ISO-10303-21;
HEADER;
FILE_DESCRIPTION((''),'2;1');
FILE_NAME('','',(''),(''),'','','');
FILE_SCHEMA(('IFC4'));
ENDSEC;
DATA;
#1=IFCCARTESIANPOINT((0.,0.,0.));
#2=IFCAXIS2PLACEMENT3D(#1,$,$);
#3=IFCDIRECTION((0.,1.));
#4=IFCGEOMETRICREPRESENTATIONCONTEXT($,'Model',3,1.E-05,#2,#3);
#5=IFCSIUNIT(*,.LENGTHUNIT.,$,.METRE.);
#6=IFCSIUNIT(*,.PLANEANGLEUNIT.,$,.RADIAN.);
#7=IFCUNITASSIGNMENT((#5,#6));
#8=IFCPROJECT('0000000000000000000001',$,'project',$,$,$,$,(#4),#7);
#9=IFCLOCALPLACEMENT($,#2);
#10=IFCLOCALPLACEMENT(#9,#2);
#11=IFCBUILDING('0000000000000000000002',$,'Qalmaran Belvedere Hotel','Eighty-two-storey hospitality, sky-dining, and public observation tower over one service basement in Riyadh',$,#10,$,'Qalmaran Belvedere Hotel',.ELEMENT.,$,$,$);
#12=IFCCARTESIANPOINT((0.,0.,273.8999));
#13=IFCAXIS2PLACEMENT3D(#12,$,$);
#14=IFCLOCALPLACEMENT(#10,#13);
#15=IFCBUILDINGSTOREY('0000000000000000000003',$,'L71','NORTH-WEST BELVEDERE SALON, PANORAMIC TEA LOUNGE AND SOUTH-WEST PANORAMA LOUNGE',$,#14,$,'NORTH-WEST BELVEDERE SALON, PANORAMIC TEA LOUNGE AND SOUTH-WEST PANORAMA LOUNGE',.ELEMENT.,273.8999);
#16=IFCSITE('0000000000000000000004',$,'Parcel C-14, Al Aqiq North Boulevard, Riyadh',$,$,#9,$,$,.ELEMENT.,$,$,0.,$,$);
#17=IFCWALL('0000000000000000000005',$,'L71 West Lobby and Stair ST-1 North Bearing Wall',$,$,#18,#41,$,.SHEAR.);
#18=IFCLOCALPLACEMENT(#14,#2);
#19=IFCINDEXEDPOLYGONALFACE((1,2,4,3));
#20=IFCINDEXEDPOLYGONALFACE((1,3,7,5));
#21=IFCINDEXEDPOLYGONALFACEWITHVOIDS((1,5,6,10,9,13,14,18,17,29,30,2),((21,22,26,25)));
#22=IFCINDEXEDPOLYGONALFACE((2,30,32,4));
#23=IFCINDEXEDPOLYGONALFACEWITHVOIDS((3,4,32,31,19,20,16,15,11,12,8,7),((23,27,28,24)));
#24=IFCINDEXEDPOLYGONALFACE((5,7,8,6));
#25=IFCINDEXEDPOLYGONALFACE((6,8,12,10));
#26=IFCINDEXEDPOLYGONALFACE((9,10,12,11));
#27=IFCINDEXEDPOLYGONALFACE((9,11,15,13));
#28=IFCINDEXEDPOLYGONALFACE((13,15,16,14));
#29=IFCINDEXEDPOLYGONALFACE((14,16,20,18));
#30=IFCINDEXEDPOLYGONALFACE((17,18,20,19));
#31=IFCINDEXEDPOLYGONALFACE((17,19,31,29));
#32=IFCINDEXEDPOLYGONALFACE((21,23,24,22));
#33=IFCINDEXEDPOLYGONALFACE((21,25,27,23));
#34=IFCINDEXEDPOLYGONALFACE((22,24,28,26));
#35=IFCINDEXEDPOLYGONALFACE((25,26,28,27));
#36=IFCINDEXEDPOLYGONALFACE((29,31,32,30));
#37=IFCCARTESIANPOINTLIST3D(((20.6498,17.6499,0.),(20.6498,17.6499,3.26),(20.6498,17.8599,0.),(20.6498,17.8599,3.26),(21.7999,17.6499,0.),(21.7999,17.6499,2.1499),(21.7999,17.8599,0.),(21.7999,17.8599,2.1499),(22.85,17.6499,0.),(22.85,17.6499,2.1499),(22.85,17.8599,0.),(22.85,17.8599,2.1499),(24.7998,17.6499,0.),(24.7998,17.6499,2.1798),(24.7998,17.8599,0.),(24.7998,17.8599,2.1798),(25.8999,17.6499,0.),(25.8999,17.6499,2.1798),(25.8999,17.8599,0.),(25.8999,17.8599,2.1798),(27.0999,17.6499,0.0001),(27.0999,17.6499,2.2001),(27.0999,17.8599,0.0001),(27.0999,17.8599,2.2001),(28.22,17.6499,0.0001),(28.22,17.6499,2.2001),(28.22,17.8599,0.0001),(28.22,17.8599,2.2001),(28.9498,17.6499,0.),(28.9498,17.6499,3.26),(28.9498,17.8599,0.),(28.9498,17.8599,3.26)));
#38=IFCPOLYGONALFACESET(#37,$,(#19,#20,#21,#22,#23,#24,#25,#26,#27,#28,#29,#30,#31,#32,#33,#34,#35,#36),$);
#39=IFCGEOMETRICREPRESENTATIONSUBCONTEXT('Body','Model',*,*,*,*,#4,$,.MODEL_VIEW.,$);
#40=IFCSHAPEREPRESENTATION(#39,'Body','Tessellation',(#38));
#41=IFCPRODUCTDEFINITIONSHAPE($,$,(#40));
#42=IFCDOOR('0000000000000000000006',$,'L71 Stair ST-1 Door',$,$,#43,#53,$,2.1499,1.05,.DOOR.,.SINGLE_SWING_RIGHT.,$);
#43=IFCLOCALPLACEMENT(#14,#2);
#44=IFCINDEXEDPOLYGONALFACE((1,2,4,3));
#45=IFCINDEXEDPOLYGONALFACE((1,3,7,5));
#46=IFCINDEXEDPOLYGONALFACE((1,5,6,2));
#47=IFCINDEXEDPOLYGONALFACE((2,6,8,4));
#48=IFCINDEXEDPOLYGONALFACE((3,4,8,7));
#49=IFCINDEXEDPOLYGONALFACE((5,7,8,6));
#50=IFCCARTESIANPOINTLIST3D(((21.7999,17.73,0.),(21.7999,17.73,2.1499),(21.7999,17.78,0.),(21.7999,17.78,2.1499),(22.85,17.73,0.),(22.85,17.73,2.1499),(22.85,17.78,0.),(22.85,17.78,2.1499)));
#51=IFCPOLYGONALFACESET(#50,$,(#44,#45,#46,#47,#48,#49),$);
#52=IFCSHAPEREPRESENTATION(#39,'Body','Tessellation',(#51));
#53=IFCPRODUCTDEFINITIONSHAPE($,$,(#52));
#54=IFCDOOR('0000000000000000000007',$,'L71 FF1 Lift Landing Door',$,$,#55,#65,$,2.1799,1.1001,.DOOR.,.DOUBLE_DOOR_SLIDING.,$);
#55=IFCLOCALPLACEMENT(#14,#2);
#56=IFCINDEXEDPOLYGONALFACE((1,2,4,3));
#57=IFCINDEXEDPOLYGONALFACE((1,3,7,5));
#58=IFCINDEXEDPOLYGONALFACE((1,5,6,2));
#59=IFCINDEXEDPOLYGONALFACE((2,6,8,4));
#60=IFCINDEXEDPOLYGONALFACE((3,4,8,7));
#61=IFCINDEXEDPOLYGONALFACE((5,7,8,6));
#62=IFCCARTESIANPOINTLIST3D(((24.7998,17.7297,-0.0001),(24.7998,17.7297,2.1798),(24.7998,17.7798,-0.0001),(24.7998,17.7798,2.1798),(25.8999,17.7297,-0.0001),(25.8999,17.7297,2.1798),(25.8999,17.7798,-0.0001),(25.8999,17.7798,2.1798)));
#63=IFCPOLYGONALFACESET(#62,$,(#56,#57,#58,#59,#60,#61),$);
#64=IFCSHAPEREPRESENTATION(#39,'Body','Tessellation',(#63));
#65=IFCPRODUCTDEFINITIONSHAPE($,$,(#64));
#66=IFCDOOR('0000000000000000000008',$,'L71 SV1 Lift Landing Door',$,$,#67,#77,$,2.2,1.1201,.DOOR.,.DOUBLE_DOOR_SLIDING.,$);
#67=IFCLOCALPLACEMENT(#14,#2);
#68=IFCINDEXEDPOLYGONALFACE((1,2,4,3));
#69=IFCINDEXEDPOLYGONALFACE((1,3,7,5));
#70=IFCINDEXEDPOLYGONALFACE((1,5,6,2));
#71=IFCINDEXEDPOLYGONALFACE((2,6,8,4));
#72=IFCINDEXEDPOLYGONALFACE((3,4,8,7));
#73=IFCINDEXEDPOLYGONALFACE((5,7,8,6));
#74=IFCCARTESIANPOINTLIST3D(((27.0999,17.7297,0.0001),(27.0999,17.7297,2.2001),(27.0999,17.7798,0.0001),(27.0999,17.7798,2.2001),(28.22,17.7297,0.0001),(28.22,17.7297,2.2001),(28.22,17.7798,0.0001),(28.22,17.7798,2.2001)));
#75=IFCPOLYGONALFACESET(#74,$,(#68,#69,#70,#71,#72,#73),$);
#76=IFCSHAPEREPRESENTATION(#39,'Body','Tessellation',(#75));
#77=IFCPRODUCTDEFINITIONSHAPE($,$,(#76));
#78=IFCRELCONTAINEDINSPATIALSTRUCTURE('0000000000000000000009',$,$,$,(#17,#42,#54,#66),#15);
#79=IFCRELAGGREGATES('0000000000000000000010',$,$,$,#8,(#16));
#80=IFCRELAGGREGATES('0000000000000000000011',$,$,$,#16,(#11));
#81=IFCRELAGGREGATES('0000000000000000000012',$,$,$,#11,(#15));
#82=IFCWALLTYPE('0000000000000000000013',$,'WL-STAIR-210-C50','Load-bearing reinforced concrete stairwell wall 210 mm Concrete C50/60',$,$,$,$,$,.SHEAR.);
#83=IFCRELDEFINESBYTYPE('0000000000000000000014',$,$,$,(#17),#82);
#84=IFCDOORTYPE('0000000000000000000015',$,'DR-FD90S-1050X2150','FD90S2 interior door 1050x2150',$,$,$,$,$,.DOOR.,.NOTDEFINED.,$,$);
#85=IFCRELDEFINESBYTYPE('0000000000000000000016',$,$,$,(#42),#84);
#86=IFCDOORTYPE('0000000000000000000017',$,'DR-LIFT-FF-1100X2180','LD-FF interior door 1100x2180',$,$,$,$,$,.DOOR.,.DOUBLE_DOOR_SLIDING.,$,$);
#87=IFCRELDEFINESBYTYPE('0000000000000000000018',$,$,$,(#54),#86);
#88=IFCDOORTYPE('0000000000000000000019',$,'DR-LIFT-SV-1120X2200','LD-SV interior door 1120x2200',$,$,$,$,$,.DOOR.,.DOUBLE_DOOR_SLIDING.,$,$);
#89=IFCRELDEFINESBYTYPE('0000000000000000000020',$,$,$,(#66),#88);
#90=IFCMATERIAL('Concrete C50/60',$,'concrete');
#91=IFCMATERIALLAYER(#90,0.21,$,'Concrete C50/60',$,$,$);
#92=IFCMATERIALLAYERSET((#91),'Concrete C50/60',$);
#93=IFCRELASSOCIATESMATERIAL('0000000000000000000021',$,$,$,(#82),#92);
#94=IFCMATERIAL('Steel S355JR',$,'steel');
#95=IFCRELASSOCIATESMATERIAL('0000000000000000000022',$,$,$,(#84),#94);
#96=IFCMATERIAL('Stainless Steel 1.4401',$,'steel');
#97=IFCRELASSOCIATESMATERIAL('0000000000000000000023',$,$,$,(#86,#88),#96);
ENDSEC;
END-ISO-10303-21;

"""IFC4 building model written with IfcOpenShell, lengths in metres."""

from ifc_helpers import new_model, si_unit, direction, frame, frame_2d, origin, place, context, subcontext, project, spatial, rectangle, extrude, material, layer, layer_set, type_object, element, fill, save


model = new_model("IFC4")

# Units and contexts
model_context = context("Model", 3, precision=1e-05, world=origin(), true_north=direction((0.0, 1.0)))
body_context = subcontext(model_context, "Body", "Model", "MODEL_VIEW")
ifc_project = project(units=[si_unit("LENGTHUNIT", "METRE"), si_unit("PLANEANGLEUNIT", "RADIAN")], contexts=[model_context])

# Site, building, storey
site_placement = place(None, origin())
site = spatial("IfcSite", under=ifc_project, at=site_placement, Name="Parcel C-14, Al Aqiq North Boulevard, Riyadh", CompositionType="ELEMENT", RefElevation=0.0)
building_placement = place(site_placement, origin())
building = spatial("IfcBuilding", under=site, at=building_placement, Name="Qalmaran Belvedere Hotel", Description="Eighty-two-storey hospitality, sky-dining, and public observation tower over one service basement in Riyadh", LongName="Qalmaran Belvedere Hotel", CompositionType="ELEMENT")
storey_placement = place(building_placement, frame((0.0, 0.0, 273.8999)))
storey = spatial("IfcBuildingStorey", under=building, at=storey_placement, Name="L71", Description="NORTH-WEST BELVEDERE SALON, PANORAMIC TEA LOUNGE AND SOUTH-WEST PANORAMA LOUNGE", LongName="NORTH-WEST BELVEDERE SALON, PANORAMIC TEA LOUNGE AND SOUTH-WEST PANORAMA LOUNGE", CompositionType="ELEMENT", Elevation=273.8999)

# Shared definitions
ifc_material_1 = material(Name="Concrete C50/60", Category="concrete")

# Shared definitions
ifc_material_2 = material(Name="Steel S355JR", Category="steel")

# Wall, openings, doors
ifc_layer_1 = layer(ifc_material_1, 0.21, Name="Concrete C50/60")
ifc_layer_set_1 = layer_set([ifc_layer_1], Name="Concrete C50/60")
wall_type_1 = type_object("IfcWallType", Name="WL-STAIR-210-C50", Description="Load-bearing reinforced concrete stairwell wall 210 mm Concrete C50/60", PredefinedType="SHEAR", material=ifc_layer_set_1)
wall_1_placement = place(storey_placement, frame((20.6499, 17.7549, 0.0), z_axis=(0.0, 0.0, 1.0), x_axis=(1.0, 0.0, 0.0)))
wall_1 = element("IfcWall", 1, at=wall_1_placement, inside=storey, type_object=wall_type_1, Name="L71 West Lobby and Stair ST-1 North Bearing Wall", PredefinedType="SHEAR", context=body_context, shape_type="SweptSolid", body=[
    extrude(rectangle(XDim=8.3, YDim=0.21, at=frame_2d((4.1499, 0.0))), origin(), (0.0, 0.0, 1.0), 3.26),
])
opening_1_placement = place(wall_1_placement, frame((2.2, 0.0, 0.0), z_axis=(0.0, 0.0, 1.0), x_axis=(-1.0, 0.0, 0.0)))
opening_1 = element("IfcOpeningElement", 2, at=opening_1_placement, cuts=wall_1, PredefinedType="OPENING", context=body_context, shape_type="SweptSolid", body=[
    extrude(rectangle(XDim=1.05, YDim=2.1499, at=frame_2d((0.5249, 1.075))), frame((0.0, 0.115, 0.0), z_axis=(0.0, -1.0, 0.0), x_axis=(1.0, 0.0, 0.0)), (0.0, 0.0, 1.0), 0.23),
])
opening_2_placement = place(wall_1_placement, frame((4.1499, 0.0, 0.0)))
opening_2 = element("IfcOpeningElement", 3, at=opening_2_placement, cuts=wall_1, PredefinedType="OPENING", context=body_context, shape_type="SweptSolid", body=[
    extrude(rectangle(XDim=1.1001, YDim=2.1799, at=frame_2d((0.55, 1.0898))), frame((0.0, 0.115, 0.0), z_axis=(0.0, -1.0, 0.0), x_axis=(1.0, 0.0, 0.0)), (0.0, 0.0, 1.0), 0.23),
])
opening_3_placement = place(wall_1_placement, frame((6.45, 0.0, 0.0)))
opening_3 = element("IfcOpeningElement", 4, at=opening_3_placement, cuts=wall_1, PredefinedType="OPENING", context=body_context, shape_type="SweptSolid", body=[
    extrude(rectangle(XDim=1.1201, YDim=2.2, at=frame_2d((0.5601, 1.1001))), frame((0.0, 0.115, 0.0), z_axis=(0.0, -1.0, 0.0), x_axis=(1.0, 0.0, 0.0)), (0.0, 0.0, 1.0), 0.23),
])
door_type_1 = type_object("IfcDoorType", Name="DR-FD90S-1050X2150", Description="FD90S2 interior door 1050x2150", OperationType="NOTDEFINED", PredefinedType="DOOR", material=ifc_material_2)
door_1_placement = place(opening_1_placement, origin())
door_1 = element("IfcDoor", 5, at=door_1_placement, inside=storey, type_object=door_type_1, Name="L71 Stair ST-1 Door", OperationType="SINGLE_SWING_RIGHT", OverallHeight=2.1499, OverallWidth=1.05, PredefinedType="DOOR", context=body_context, shape_type="SweptSolid", body=[
    extrude(rectangle(XDim=1.05, YDim=2.1499, at=frame_2d((0.5249, 1.075))), frame((0.0, 0.0249, 0.0), z_axis=(0.0, -1.0, 0.0), x_axis=(1.0, 0.0, 0.0)), (0.0, 0.0, 1.0), 0.05),
])
fill(opening_1, door_1)
ifc_material_3 = material(Name="Stainless Steel 1.4401", Category="steel")
door_type_2 = type_object("IfcDoorType", Name="DR-LIFT-FF-1100X2180", Description="LD-FF interior door 1100x2180", OperationType="DOUBLE_DOOR_SLIDING", PredefinedType="DOOR", material=ifc_material_3)
door_2_placement = place(opening_2_placement, origin())
door_2 = element("IfcDoor", 6, at=door_2_placement, inside=storey, type_object=door_type_2, Name="L71 FF1 Lift Landing Door", OperationType="DOUBLE_DOOR_SLIDING", OverallHeight=2.1799, OverallWidth=1.1001, PredefinedType="DOOR", context=body_context, shape_type="SweptSolid", body=[
    extrude(rectangle(XDim=1.1001, YDim=2.1799, at=frame_2d((0.55, 1.0898))), frame((0.0, 0.0249, 0.0), z_axis=(0.0, -1.0, 0.0), x_axis=(1.0, 0.0, 0.0)), (0.0, 0.0, 1.0), 0.05),
])
fill(opening_2, door_2)
door_type_3 = type_object("IfcDoorType", Name="DR-LIFT-SV-1120X2200", Description="LD-SV interior door 1120x2200", OperationType="DOUBLE_DOOR_SLIDING", PredefinedType="DOOR", material=ifc_material_3)
door_3_placement = place(opening_3_placement, origin())
door_3 = element("IfcDoor", 7, at=door_3_placement, inside=storey, type_object=door_type_3, Name="L71 SV1 Lift Landing Door", OperationType="DOUBLE_DOOR_SLIDING", OverallHeight=2.2, OverallWidth=1.1201, PredefinedType="DOOR", context=body_context, shape_type="SweptSolid", body=[
    extrude(rectangle(XDim=1.1201, YDim=2.2, at=frame_2d((0.5601, 1.1001))), frame((0.0, 0.0249, 0.0), z_axis=(0.0, -1.0, 0.0), x_axis=(1.0, 0.0, 0.0)), (0.0, 0.0, 1.0), 0.05),
])
fill(opening_3, door_3)

save(model, "model.ifc")
